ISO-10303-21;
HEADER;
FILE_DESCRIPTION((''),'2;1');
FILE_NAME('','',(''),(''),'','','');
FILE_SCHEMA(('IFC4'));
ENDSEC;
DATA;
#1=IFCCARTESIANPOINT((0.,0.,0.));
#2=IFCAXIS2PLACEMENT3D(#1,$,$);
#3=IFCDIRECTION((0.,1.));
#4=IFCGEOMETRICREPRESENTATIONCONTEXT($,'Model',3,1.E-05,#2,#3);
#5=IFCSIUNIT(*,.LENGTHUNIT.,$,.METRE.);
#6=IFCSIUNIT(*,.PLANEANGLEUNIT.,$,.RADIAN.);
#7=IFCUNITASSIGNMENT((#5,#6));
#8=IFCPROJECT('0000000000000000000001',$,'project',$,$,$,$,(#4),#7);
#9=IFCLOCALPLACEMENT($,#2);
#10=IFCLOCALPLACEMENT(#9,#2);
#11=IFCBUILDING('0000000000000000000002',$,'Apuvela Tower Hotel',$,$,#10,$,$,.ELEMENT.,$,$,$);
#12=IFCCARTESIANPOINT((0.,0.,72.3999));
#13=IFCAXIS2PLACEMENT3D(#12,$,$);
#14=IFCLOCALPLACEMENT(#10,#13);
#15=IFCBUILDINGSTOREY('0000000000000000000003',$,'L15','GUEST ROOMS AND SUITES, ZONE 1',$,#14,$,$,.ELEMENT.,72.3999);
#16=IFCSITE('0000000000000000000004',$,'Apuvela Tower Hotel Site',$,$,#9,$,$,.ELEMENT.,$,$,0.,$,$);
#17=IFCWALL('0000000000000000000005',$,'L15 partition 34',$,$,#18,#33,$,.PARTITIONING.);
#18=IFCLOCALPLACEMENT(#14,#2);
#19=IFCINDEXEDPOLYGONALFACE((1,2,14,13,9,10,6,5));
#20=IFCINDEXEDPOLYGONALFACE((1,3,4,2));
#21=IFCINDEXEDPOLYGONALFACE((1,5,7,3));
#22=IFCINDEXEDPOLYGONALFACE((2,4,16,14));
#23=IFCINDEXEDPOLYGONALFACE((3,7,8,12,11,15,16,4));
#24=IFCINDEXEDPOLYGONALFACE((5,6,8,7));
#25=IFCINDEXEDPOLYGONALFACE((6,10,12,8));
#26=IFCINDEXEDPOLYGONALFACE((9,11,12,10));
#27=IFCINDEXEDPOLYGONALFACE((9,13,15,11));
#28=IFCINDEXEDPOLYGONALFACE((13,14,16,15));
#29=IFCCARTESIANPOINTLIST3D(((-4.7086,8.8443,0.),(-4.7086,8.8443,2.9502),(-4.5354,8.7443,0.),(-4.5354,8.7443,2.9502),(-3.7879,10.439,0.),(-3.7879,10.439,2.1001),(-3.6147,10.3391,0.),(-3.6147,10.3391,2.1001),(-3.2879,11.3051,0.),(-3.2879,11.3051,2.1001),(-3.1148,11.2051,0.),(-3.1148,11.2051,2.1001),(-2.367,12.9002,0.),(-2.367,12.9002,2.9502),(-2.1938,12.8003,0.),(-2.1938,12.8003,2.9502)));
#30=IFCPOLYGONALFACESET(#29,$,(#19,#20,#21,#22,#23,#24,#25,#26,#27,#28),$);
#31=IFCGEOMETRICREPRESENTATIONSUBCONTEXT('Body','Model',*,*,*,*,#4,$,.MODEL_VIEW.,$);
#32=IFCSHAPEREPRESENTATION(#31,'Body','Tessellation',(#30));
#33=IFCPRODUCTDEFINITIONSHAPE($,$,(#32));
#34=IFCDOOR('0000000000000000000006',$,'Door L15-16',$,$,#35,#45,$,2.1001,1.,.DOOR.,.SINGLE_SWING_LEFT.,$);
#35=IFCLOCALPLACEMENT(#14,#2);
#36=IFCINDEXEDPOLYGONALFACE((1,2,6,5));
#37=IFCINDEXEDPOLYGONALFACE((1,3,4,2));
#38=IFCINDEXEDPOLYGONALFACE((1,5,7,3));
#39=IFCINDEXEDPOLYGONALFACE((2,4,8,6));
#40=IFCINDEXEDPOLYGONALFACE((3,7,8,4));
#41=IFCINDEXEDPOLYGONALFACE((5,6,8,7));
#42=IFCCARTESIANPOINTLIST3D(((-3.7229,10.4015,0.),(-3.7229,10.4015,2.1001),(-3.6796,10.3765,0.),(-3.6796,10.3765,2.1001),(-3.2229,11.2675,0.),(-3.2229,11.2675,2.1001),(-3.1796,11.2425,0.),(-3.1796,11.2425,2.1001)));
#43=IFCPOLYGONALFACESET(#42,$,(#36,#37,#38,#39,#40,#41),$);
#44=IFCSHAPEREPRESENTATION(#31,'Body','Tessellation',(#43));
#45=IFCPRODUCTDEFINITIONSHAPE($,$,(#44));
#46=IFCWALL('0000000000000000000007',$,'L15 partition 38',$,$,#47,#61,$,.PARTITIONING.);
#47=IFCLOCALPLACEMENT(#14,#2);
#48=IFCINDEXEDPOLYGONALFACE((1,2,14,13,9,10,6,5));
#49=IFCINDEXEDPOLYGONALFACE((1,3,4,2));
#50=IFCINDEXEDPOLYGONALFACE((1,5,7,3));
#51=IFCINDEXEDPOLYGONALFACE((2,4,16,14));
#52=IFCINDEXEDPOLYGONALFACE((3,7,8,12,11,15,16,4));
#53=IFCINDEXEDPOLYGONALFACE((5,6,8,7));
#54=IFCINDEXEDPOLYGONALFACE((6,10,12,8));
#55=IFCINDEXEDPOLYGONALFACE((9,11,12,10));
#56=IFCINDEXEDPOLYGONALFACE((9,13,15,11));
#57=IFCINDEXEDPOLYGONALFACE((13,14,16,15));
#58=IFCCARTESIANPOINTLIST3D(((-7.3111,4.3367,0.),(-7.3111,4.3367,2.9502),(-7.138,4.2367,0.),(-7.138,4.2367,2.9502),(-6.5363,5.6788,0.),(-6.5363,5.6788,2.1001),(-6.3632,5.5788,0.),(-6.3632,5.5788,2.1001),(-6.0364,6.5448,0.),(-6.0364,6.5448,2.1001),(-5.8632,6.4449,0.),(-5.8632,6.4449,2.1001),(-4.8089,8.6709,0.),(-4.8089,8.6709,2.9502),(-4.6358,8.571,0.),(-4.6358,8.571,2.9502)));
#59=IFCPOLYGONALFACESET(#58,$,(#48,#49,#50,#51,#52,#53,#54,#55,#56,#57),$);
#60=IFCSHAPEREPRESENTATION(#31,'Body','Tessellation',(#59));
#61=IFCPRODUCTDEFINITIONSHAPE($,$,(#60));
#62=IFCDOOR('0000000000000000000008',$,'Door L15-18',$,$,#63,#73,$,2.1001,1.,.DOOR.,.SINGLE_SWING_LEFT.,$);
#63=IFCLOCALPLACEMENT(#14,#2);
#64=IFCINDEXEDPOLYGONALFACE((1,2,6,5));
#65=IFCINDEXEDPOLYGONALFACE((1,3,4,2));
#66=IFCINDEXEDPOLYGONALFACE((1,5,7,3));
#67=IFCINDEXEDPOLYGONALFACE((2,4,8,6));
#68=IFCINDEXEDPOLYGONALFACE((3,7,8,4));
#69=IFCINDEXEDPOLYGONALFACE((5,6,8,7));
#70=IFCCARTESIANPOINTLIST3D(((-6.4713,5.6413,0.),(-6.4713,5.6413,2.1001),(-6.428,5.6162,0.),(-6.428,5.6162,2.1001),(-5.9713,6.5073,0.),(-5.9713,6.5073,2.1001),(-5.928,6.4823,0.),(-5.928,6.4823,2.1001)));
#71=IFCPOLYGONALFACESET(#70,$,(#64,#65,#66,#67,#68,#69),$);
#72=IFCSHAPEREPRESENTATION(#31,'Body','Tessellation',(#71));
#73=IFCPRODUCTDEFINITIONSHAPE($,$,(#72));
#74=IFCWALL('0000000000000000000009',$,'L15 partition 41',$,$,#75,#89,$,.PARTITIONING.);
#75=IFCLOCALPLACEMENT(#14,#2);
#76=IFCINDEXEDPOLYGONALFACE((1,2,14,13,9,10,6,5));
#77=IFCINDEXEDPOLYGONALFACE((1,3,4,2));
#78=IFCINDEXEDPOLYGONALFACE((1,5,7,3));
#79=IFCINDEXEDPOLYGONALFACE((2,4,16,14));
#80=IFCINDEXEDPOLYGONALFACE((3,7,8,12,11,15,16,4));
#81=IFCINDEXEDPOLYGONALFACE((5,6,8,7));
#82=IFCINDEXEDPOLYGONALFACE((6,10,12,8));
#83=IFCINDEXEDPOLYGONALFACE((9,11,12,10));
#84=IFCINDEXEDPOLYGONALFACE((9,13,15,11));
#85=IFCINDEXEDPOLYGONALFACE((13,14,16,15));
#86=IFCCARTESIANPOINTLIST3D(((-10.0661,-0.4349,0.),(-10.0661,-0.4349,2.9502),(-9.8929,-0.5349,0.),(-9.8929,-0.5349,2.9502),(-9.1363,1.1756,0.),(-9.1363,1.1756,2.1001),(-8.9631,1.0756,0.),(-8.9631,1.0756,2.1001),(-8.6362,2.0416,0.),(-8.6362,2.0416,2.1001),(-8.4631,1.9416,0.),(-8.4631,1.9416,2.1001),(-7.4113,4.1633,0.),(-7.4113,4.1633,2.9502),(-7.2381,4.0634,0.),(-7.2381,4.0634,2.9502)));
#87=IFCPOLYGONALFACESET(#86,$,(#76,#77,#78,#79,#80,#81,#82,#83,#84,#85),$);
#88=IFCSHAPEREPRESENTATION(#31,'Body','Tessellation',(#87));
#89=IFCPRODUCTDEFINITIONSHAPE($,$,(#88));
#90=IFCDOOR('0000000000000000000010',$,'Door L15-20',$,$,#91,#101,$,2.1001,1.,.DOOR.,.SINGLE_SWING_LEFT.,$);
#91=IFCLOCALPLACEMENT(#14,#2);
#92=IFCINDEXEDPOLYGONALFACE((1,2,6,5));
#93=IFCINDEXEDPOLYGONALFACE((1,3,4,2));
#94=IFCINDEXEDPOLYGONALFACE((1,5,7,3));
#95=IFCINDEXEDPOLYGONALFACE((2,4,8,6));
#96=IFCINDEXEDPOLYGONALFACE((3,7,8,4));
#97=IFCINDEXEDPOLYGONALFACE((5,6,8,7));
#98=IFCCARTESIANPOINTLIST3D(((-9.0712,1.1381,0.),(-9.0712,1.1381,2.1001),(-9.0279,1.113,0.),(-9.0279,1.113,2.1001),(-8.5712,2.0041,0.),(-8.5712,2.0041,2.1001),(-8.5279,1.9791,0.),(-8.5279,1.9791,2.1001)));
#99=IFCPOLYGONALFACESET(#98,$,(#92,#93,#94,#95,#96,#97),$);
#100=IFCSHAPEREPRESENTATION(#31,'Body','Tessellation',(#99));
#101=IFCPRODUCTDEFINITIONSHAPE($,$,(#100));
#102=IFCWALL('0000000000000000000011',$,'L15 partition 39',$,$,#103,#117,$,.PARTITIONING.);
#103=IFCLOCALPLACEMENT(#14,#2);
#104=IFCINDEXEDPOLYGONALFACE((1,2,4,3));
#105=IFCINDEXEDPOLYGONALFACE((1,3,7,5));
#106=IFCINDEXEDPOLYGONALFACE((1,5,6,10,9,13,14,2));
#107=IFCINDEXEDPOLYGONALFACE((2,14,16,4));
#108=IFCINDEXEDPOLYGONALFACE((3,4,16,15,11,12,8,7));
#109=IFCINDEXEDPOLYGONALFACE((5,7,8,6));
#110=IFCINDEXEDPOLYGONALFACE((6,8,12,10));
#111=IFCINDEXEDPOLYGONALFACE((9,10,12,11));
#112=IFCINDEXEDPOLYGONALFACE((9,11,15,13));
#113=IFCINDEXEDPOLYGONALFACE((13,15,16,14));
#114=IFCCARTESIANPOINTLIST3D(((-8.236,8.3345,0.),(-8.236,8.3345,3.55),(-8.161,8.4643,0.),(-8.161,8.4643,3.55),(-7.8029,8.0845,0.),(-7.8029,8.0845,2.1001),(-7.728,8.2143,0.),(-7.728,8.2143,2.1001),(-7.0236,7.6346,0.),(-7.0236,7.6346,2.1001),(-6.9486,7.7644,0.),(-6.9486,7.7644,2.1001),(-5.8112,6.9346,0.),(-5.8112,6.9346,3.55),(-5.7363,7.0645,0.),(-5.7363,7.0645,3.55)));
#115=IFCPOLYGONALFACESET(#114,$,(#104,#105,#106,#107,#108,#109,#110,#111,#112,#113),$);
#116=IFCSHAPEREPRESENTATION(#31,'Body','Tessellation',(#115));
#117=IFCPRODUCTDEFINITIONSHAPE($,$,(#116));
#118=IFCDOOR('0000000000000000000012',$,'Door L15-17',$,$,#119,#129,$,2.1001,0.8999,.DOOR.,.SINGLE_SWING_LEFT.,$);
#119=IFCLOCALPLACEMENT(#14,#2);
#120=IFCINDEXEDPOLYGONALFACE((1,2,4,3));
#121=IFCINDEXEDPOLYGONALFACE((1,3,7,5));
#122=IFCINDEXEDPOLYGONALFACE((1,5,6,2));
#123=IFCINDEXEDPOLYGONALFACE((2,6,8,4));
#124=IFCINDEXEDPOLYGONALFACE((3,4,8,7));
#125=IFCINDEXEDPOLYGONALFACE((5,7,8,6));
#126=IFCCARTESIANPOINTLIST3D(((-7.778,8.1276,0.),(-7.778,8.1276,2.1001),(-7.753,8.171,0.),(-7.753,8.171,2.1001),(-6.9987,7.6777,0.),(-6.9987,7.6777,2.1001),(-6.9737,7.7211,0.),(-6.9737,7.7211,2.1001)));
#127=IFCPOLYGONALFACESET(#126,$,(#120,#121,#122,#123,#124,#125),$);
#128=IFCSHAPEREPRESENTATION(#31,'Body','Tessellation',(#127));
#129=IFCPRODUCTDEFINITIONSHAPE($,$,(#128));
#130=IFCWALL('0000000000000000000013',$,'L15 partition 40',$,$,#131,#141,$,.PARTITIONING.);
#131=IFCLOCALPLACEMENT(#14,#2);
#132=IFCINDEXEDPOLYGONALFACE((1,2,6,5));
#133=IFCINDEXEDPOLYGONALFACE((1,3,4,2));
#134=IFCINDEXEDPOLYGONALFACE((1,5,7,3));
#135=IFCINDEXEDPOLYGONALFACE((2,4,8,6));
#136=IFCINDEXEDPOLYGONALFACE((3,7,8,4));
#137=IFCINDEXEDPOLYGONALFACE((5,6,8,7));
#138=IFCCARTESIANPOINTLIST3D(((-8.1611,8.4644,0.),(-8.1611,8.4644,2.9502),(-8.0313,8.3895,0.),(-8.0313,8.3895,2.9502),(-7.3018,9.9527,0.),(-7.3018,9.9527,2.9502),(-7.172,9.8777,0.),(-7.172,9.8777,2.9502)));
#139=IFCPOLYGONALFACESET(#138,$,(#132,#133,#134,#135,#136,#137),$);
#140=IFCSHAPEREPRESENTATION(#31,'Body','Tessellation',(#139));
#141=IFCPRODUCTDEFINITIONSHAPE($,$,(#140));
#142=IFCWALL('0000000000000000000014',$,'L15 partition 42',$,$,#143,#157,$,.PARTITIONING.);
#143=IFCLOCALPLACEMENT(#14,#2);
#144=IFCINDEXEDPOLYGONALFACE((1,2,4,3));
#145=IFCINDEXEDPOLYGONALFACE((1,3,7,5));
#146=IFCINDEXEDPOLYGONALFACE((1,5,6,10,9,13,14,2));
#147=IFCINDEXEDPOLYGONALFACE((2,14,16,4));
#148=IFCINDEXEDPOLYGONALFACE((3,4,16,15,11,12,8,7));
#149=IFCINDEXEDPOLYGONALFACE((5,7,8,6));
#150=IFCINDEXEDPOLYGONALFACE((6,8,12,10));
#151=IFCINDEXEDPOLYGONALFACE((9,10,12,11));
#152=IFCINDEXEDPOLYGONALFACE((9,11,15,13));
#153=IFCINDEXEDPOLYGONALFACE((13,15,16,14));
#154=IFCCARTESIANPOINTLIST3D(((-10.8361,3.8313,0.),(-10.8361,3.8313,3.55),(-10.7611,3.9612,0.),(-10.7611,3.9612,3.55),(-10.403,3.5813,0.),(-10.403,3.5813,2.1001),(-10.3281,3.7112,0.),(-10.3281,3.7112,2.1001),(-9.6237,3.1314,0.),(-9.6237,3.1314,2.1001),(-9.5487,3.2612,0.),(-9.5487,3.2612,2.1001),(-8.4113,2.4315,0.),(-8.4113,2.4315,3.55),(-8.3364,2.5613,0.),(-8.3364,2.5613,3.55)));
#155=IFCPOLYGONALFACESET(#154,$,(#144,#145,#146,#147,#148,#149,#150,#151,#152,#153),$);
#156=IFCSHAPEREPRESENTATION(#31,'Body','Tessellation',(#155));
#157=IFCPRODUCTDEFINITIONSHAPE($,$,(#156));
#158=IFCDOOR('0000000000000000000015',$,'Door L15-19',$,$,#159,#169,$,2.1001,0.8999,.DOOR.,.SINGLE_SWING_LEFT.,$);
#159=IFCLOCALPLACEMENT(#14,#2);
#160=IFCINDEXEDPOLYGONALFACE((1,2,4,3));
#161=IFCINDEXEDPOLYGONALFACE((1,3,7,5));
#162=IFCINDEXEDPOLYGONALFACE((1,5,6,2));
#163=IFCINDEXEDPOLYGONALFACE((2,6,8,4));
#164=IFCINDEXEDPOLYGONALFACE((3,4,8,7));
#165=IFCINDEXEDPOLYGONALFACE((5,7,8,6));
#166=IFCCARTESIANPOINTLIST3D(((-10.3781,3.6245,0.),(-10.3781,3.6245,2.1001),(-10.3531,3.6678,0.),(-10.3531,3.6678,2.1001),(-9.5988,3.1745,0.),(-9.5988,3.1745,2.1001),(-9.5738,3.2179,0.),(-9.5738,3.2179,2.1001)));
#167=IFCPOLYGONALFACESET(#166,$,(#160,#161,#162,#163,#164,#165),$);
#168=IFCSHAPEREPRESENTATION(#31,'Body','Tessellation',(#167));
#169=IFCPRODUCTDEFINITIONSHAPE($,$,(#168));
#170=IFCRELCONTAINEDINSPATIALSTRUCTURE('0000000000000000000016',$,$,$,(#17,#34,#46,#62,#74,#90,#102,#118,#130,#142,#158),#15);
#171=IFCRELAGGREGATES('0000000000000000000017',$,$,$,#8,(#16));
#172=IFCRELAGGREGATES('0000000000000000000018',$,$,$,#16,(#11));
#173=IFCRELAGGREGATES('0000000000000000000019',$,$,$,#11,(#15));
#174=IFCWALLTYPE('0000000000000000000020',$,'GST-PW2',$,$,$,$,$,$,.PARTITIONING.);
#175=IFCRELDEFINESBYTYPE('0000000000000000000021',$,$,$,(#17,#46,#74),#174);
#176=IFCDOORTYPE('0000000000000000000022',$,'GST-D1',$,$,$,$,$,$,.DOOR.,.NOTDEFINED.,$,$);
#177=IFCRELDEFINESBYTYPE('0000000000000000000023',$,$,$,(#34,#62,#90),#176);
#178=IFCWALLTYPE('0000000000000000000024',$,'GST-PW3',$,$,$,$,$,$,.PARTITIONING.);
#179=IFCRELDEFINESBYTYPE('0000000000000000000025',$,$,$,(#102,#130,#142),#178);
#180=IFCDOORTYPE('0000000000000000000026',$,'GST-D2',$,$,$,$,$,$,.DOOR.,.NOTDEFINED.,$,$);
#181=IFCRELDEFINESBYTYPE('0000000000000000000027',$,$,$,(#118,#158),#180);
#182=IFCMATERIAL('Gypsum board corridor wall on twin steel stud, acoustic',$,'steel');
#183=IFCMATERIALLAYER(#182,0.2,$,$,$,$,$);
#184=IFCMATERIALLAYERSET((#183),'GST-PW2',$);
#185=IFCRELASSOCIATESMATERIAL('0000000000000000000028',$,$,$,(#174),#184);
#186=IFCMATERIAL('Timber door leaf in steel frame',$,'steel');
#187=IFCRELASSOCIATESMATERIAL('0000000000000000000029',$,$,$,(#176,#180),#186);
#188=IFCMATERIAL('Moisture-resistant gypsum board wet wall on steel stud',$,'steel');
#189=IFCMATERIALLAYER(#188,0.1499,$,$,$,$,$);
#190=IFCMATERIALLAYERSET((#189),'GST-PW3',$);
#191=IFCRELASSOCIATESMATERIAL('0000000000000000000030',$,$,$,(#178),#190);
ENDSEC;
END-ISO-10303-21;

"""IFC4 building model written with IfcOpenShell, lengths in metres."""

from ifc_helpers import new_model, si_unit, direction, frame, frame_2d, origin, place, context, subcontext, project, spatial, rectangle, extrude, material, layer, layer_set, type_object, element, fill, save


model = new_model("IFC4")

# Units and contexts
model_context = context("Model", 3, precision=1e-05, world=origin(), true_north=direction((0.0, 1.0)))
body_context = subcontext(model_context, "Body", "Model", "MODEL_VIEW")
ifc_project = project(units=[si_unit("LENGTHUNIT", "METRE"), si_unit("PLANEANGLEUNIT", "RADIAN")], contexts=[model_context])

# Site, building, storey
site_placement = place(None, origin())
site = spatial("IfcSite", under=ifc_project, at=site_placement, Name="Apuvela Tower Hotel Site", CompositionType="ELEMENT", RefElevation=0.0)
building_placement = place(site_placement, origin())
building = spatial("IfcBuilding", under=site, at=building_placement, Name="Apuvela Tower Hotel", CompositionType="ELEMENT")
storey_placement = place(building_placement, frame((0.0, 0.0, 72.3999)))
storey = spatial("IfcBuildingStorey", under=building, at=storey_placement, Name="L15", Description="GUEST ROOMS AND SUITES, ZONE 1", CompositionType="ELEMENT", Elevation=72.3999)

# Walls, openings, doors
ifc_material_1 = material(Name="Gypsum board corridor wall on twin steel stud, acoustic", Category="steel")
ifc_layer_1 = layer(ifc_material_1, 0.2)
ifc_layer_set_1 = layer_set([ifc_layer_1], Name="GST-PW2")
wall_type_1 = type_object("IfcWallType", Name="GST-PW2", PredefinedType="PARTITIONING", material=ifc_layer_set_1)
wall_1_placement = place(storey_placement, frame((-4.6221, 8.7942, 0.0), z_axis=(0.0, 0.0, 1.0), x_axis=(0.49998, 0.866037, 0.0)))
wall_1 = element("IfcWall", 1, at=wall_1_placement, inside=storey, type_object=wall_type_1, Name="L15 partition 34", PredefinedType="PARTITIONING", context=body_context, shape_type="SweptSolid", body=[
    extrude(rectangle(XDim=4.6833, YDim=0.2, at=frame_2d((2.3418, 0.0))), origin(), (0.0, 0.0, 1.0), 2.9502),
])
opening_1_placement = place(wall_1_placement, frame((1.8416, 0.0, 0.0)))
opening_1 = element("IfcOpeningElement", 2, at=opening_1_placement, cuts=wall_1, PredefinedType="OPENING", context=body_context, shape_type="SweptSolid", body=[
    extrude(rectangle(XDim=1.0, YDim=2.1001, at=frame_2d((0.5, 1.05))), frame((0.0, 0.1099, 0.0), z_axis=(0.0, -1.0, 0.0), x_axis=(1.0, 0.0, 0.0)), (0.0, 0.0, 1.0), 0.22),
])
ifc_material_2 = material(Name="Timber door leaf in steel frame", Category="steel")
door_type_1 = type_object("IfcDoorType", Name="GST-D1", OperationType="NOTDEFINED", PredefinedType="DOOR", material=ifc_material_2)
door_1_placement = place(opening_1_placement, origin())
door_1 = element("IfcDoor", 3, at=door_1_placement, inside=storey, type_object=door_type_1, Name="Door L15-16", OperationType="SINGLE_SWING_LEFT", OverallHeight=2.1001, OverallWidth=1.0, PredefinedType="DOOR", context=body_context, shape_type="SweptSolid", body=[
    extrude(rectangle(XDim=1.0, YDim=2.1001, at=frame_2d((0.5, 1.05))), frame((0.0, 0.0249, 0.0), z_axis=(0.0, -1.0, 0.0), x_axis=(1.0, 0.0, 0.0)), (0.0, 0.0, 1.0), 0.05),
])
fill(opening_1, door_1)
wall_2_placement = place(storey_placement, frame((-7.2246, 4.2866, 0.0), z_axis=(0.0, 0.0, 1.0), x_axis=(0.499974, 0.86604, 0.0)))
wall_2 = element("IfcWall", 4, at=wall_2_placement, inside=storey, type_object=wall_type_1, Name="L15 partition 38", PredefinedType="PARTITIONING", context=body_context, shape_type="SweptSolid", body=[
    extrude(rectangle(XDim=5.0046, YDim=0.2, at=frame_2d((2.5024, 0.0))), origin(), (0.0, 0.0, 1.0), 2.9502),
])
opening_2_placement = place(wall_2_placement, frame((1.5498, 0.0, 0.0)))
opening_2 = element("IfcOpeningElement", 5, at=opening_2_placement, cuts=wall_2, PredefinedType="OPENING", context=body_context, shape_type="SweptSolid", body=[
    extrude(rectangle(XDim=1.0, YDim=2.1001, at=frame_2d((0.5, 1.05))), frame((0.0, 0.1099, 0.0), z_axis=(0.0, -1.0, 0.0), x_axis=(1.0, 0.0, 0.0)), (0.0, 0.0, 1.0), 0.22),
])
door_2_placement = place(opening_2_placement, origin())
door_2 = element("IfcDoor", 6, at=door_2_placement, inside=storey, type_object=door_type_1, Name="Door L15-18", OperationType="SINGLE_SWING_LEFT", OverallHeight=2.1001, OverallWidth=1.0, PredefinedType="DOOR", context=body_context, shape_type="SweptSolid", body=[
    extrude(rectangle(XDim=1.0, YDim=2.1001, at=frame_2d((0.5, 1.05))), frame((0.0, 0.0249, 0.0), z_axis=(0.0, -1.0, 0.0), x_axis=(1.0, 0.0, 0.0)), (0.0, 0.0, 1.0), 0.05),
])
fill(opening_2, door_2)
wall_3_placement = place(storey_placement, frame((-9.9795, -0.4849, 0.0), z_axis=(0.0, 0.0, 1.0), x_axis=(0.500006, 0.866022, 0.0)))
wall_3 = element("IfcWall", 7, at=wall_3_placement, inside=storey, type_object=wall_type_1, Name="L15 partition 41", PredefinedType="PARTITIONING", context=body_context, shape_type="SweptSolid", body=[
    extrude(rectangle(XDim=5.3096, YDim=0.2, at=frame_2d((2.6548, 0.0))), origin(), (0.0, 0.0, 1.0), 2.9502),
])
opening_3_placement = place(wall_3_placement, frame((1.8596, 0.0, 0.0)))
opening_3 = element("IfcOpeningElement", 8, at=opening_3_placement, cuts=wall_3, PredefinedType="OPENING", context=body_context, shape_type="SweptSolid", body=[
    extrude(rectangle(XDim=1.0, YDim=2.1001, at=frame_2d((0.5, 1.05))), frame((0.0, 0.1099, 0.0), z_axis=(0.0, -1.0, 0.0), x_axis=(1.0, 0.0, 0.0)), (0.0, 0.0, 1.0), 0.22),
])
door_3_placement = place(opening_3_placement, origin())
door_3 = element("IfcDoor", 9, at=door_3_placement, inside=storey, type_object=door_type_1, Name="Door L15-20", OperationType="SINGLE_SWING_LEFT", OverallHeight=2.1001, OverallWidth=1.0, PredefinedType="DOOR", context=body_context, shape_type="SweptSolid", body=[
    extrude(rectangle(XDim=1.0, YDim=2.1001, at=frame_2d((0.5, 1.05))), frame((0.0, 0.0249, 0.0), z_axis=(0.0, -1.0, 0.0), x_axis=(1.0, 0.0, 0.0)), (0.0, 0.0, 1.0), 0.05),
])
fill(opening_3, door_3)
ifc_material_3 = material(Name="Moisture-resistant gypsum board wet wall on steel stud", Category="steel")
ifc_layer_2 = layer(ifc_material_3, 0.1499)
ifc_layer_set_2 = layer_set([ifc_layer_2], Name="GST-PW3")
wall_type_2 = type_object("IfcWallType", Name="GST-PW3", PredefinedType="PARTITIONING", material=ifc_layer_set_2)
wall_4_placement = place(storey_placement, frame((-8.1985, 8.3994, 0.0), z_axis=(0.0, 0.0, 1.0), x_axis=(0.866035, -0.499984, 0.0)))
wall_4 = element("IfcWall", 10, at=wall_4_placement, inside=storey, type_object=wall_type_2, Name="L15 partition 39", PredefinedType="PARTITIONING", context=body_context, shape_type="SweptSolid", body=[
    extrude(rectangle(XDim=2.7998, YDim=0.1499, at=frame_2d((1.3999, 0.0))), origin(), (0.0, 0.0, 1.0), 3.55),
])
opening_4_placement = place(wall_4_placement, frame((0.5, 0.0, 0.0)))
opening_4 = element("IfcOpeningElement", 11, at=opening_4_placement, cuts=wall_4, PredefinedType="OPENING", context=body_context, shape_type="SweptSolid", body=[
    extrude(rectangle(XDim=0.8999, YDim=2.1001, at=frame_2d((0.45, 1.05))), frame((0.0, 0.085, 0.0), z_axis=(0.0, -1.0, 0.0), x_axis=(1.0, 0.0, 0.0)), (0.0, 0.0, 1.0), 0.1699),
])
door_type_2 = type_object("IfcDoorType", Name="GST-D2", OperationType="NOTDEFINED", PredefinedType="DOOR", material=ifc_material_2)
door_4_placement = place(opening_4_placement, origin())
door_4 = element("IfcDoor", 12, at=door_4_placement, inside=storey, type_object=door_type_2, Name="Door L15-17", OperationType="SINGLE_SWING_LEFT", OverallHeight=2.1001, OverallWidth=0.8999, PredefinedType="DOOR", context=body_context, shape_type="SweptSolid", body=[
    extrude(rectangle(XDim=0.8999, YDim=2.1001, at=frame_2d((0.45, 1.05))), frame((0.0, 0.0249, 0.0), z_axis=(0.0, -1.0, 0.0), x_axis=(1.0, 0.0, 0.0)), (0.0, 0.0, 1.0), 0.05),
])
fill(opening_4, door_4)

# Wall
wall_5_placement = place(storey_placement, frame((-7.2368, 9.9153, 0.0), z_axis=(0.0, 0.0, 1.0), x_axis=(-0.50005, -0.865996, 0.0)))
element("IfcWall", 13, at=wall_5_placement, inside=storey, type_object=wall_type_2, Name="L15 partition 40", PredefinedType="PARTITIONING", context=body_context, shape_type="SweptSolid", body=[
    extrude(rectangle(XDim=1.7185, YDim=0.1499, at=frame_2d((0.8594, 0.0))), origin(), (0.0, 0.0, 1.0), 2.9502),
])

# Wall, opening, door
wall_6_placement = place(storey_placement, frame((-10.7986, 3.8962, 0.0), z_axis=(0.0, 0.0, 1.0), x_axis=(0.866035, -0.499984, 0.0)))
wall_6 = element("IfcWall", 14, at=wall_6_placement, inside=storey, type_object=wall_type_2, Name="L15 partition 42", PredefinedType="PARTITIONING", context=body_context, shape_type="SweptSolid", body=[
    extrude(rectangle(XDim=2.7998, YDim=0.1499, at=frame_2d((1.3999, 0.0))), origin(), (0.0, 0.0, 1.0), 3.55),
])
opening_5_placement = place(wall_6_placement, frame((0.5, 0.0, 0.0)))
opening_5 = element("IfcOpeningElement", 15, at=opening_5_placement, cuts=wall_6, PredefinedType="OPENING", context=body_context, shape_type="SweptSolid", body=[
    extrude(rectangle(XDim=0.8999, YDim=2.1001, at=frame_2d((0.45, 1.05))), frame((0.0, 0.085, 0.0), z_axis=(0.0, -1.0, 0.0), x_axis=(1.0, 0.0, 0.0)), (0.0, 0.0, 1.0), 0.1699),
])
door_5_placement = place(opening_5_placement, origin())
door_5 = element("IfcDoor", 16, at=door_5_placement, inside=storey, type_object=door_type_2, Name="Door L15-19", OperationType="SINGLE_SWING_LEFT", OverallHeight=2.1001, OverallWidth=0.8999, PredefinedType="DOOR", context=body_context, shape_type="SweptSolid", body=[
    extrude(rectangle(XDim=0.8999, YDim=2.1001, at=frame_2d((0.45, 1.05))), frame((0.0, 0.0249, 0.0), z_axis=(0.0, -1.0, 0.0), x_axis=(1.0, 0.0, 0.0)), (0.0, 0.0, 1.0), 0.05),
])
fill(opening_5, door_5)

save(model, "model.ifc")
